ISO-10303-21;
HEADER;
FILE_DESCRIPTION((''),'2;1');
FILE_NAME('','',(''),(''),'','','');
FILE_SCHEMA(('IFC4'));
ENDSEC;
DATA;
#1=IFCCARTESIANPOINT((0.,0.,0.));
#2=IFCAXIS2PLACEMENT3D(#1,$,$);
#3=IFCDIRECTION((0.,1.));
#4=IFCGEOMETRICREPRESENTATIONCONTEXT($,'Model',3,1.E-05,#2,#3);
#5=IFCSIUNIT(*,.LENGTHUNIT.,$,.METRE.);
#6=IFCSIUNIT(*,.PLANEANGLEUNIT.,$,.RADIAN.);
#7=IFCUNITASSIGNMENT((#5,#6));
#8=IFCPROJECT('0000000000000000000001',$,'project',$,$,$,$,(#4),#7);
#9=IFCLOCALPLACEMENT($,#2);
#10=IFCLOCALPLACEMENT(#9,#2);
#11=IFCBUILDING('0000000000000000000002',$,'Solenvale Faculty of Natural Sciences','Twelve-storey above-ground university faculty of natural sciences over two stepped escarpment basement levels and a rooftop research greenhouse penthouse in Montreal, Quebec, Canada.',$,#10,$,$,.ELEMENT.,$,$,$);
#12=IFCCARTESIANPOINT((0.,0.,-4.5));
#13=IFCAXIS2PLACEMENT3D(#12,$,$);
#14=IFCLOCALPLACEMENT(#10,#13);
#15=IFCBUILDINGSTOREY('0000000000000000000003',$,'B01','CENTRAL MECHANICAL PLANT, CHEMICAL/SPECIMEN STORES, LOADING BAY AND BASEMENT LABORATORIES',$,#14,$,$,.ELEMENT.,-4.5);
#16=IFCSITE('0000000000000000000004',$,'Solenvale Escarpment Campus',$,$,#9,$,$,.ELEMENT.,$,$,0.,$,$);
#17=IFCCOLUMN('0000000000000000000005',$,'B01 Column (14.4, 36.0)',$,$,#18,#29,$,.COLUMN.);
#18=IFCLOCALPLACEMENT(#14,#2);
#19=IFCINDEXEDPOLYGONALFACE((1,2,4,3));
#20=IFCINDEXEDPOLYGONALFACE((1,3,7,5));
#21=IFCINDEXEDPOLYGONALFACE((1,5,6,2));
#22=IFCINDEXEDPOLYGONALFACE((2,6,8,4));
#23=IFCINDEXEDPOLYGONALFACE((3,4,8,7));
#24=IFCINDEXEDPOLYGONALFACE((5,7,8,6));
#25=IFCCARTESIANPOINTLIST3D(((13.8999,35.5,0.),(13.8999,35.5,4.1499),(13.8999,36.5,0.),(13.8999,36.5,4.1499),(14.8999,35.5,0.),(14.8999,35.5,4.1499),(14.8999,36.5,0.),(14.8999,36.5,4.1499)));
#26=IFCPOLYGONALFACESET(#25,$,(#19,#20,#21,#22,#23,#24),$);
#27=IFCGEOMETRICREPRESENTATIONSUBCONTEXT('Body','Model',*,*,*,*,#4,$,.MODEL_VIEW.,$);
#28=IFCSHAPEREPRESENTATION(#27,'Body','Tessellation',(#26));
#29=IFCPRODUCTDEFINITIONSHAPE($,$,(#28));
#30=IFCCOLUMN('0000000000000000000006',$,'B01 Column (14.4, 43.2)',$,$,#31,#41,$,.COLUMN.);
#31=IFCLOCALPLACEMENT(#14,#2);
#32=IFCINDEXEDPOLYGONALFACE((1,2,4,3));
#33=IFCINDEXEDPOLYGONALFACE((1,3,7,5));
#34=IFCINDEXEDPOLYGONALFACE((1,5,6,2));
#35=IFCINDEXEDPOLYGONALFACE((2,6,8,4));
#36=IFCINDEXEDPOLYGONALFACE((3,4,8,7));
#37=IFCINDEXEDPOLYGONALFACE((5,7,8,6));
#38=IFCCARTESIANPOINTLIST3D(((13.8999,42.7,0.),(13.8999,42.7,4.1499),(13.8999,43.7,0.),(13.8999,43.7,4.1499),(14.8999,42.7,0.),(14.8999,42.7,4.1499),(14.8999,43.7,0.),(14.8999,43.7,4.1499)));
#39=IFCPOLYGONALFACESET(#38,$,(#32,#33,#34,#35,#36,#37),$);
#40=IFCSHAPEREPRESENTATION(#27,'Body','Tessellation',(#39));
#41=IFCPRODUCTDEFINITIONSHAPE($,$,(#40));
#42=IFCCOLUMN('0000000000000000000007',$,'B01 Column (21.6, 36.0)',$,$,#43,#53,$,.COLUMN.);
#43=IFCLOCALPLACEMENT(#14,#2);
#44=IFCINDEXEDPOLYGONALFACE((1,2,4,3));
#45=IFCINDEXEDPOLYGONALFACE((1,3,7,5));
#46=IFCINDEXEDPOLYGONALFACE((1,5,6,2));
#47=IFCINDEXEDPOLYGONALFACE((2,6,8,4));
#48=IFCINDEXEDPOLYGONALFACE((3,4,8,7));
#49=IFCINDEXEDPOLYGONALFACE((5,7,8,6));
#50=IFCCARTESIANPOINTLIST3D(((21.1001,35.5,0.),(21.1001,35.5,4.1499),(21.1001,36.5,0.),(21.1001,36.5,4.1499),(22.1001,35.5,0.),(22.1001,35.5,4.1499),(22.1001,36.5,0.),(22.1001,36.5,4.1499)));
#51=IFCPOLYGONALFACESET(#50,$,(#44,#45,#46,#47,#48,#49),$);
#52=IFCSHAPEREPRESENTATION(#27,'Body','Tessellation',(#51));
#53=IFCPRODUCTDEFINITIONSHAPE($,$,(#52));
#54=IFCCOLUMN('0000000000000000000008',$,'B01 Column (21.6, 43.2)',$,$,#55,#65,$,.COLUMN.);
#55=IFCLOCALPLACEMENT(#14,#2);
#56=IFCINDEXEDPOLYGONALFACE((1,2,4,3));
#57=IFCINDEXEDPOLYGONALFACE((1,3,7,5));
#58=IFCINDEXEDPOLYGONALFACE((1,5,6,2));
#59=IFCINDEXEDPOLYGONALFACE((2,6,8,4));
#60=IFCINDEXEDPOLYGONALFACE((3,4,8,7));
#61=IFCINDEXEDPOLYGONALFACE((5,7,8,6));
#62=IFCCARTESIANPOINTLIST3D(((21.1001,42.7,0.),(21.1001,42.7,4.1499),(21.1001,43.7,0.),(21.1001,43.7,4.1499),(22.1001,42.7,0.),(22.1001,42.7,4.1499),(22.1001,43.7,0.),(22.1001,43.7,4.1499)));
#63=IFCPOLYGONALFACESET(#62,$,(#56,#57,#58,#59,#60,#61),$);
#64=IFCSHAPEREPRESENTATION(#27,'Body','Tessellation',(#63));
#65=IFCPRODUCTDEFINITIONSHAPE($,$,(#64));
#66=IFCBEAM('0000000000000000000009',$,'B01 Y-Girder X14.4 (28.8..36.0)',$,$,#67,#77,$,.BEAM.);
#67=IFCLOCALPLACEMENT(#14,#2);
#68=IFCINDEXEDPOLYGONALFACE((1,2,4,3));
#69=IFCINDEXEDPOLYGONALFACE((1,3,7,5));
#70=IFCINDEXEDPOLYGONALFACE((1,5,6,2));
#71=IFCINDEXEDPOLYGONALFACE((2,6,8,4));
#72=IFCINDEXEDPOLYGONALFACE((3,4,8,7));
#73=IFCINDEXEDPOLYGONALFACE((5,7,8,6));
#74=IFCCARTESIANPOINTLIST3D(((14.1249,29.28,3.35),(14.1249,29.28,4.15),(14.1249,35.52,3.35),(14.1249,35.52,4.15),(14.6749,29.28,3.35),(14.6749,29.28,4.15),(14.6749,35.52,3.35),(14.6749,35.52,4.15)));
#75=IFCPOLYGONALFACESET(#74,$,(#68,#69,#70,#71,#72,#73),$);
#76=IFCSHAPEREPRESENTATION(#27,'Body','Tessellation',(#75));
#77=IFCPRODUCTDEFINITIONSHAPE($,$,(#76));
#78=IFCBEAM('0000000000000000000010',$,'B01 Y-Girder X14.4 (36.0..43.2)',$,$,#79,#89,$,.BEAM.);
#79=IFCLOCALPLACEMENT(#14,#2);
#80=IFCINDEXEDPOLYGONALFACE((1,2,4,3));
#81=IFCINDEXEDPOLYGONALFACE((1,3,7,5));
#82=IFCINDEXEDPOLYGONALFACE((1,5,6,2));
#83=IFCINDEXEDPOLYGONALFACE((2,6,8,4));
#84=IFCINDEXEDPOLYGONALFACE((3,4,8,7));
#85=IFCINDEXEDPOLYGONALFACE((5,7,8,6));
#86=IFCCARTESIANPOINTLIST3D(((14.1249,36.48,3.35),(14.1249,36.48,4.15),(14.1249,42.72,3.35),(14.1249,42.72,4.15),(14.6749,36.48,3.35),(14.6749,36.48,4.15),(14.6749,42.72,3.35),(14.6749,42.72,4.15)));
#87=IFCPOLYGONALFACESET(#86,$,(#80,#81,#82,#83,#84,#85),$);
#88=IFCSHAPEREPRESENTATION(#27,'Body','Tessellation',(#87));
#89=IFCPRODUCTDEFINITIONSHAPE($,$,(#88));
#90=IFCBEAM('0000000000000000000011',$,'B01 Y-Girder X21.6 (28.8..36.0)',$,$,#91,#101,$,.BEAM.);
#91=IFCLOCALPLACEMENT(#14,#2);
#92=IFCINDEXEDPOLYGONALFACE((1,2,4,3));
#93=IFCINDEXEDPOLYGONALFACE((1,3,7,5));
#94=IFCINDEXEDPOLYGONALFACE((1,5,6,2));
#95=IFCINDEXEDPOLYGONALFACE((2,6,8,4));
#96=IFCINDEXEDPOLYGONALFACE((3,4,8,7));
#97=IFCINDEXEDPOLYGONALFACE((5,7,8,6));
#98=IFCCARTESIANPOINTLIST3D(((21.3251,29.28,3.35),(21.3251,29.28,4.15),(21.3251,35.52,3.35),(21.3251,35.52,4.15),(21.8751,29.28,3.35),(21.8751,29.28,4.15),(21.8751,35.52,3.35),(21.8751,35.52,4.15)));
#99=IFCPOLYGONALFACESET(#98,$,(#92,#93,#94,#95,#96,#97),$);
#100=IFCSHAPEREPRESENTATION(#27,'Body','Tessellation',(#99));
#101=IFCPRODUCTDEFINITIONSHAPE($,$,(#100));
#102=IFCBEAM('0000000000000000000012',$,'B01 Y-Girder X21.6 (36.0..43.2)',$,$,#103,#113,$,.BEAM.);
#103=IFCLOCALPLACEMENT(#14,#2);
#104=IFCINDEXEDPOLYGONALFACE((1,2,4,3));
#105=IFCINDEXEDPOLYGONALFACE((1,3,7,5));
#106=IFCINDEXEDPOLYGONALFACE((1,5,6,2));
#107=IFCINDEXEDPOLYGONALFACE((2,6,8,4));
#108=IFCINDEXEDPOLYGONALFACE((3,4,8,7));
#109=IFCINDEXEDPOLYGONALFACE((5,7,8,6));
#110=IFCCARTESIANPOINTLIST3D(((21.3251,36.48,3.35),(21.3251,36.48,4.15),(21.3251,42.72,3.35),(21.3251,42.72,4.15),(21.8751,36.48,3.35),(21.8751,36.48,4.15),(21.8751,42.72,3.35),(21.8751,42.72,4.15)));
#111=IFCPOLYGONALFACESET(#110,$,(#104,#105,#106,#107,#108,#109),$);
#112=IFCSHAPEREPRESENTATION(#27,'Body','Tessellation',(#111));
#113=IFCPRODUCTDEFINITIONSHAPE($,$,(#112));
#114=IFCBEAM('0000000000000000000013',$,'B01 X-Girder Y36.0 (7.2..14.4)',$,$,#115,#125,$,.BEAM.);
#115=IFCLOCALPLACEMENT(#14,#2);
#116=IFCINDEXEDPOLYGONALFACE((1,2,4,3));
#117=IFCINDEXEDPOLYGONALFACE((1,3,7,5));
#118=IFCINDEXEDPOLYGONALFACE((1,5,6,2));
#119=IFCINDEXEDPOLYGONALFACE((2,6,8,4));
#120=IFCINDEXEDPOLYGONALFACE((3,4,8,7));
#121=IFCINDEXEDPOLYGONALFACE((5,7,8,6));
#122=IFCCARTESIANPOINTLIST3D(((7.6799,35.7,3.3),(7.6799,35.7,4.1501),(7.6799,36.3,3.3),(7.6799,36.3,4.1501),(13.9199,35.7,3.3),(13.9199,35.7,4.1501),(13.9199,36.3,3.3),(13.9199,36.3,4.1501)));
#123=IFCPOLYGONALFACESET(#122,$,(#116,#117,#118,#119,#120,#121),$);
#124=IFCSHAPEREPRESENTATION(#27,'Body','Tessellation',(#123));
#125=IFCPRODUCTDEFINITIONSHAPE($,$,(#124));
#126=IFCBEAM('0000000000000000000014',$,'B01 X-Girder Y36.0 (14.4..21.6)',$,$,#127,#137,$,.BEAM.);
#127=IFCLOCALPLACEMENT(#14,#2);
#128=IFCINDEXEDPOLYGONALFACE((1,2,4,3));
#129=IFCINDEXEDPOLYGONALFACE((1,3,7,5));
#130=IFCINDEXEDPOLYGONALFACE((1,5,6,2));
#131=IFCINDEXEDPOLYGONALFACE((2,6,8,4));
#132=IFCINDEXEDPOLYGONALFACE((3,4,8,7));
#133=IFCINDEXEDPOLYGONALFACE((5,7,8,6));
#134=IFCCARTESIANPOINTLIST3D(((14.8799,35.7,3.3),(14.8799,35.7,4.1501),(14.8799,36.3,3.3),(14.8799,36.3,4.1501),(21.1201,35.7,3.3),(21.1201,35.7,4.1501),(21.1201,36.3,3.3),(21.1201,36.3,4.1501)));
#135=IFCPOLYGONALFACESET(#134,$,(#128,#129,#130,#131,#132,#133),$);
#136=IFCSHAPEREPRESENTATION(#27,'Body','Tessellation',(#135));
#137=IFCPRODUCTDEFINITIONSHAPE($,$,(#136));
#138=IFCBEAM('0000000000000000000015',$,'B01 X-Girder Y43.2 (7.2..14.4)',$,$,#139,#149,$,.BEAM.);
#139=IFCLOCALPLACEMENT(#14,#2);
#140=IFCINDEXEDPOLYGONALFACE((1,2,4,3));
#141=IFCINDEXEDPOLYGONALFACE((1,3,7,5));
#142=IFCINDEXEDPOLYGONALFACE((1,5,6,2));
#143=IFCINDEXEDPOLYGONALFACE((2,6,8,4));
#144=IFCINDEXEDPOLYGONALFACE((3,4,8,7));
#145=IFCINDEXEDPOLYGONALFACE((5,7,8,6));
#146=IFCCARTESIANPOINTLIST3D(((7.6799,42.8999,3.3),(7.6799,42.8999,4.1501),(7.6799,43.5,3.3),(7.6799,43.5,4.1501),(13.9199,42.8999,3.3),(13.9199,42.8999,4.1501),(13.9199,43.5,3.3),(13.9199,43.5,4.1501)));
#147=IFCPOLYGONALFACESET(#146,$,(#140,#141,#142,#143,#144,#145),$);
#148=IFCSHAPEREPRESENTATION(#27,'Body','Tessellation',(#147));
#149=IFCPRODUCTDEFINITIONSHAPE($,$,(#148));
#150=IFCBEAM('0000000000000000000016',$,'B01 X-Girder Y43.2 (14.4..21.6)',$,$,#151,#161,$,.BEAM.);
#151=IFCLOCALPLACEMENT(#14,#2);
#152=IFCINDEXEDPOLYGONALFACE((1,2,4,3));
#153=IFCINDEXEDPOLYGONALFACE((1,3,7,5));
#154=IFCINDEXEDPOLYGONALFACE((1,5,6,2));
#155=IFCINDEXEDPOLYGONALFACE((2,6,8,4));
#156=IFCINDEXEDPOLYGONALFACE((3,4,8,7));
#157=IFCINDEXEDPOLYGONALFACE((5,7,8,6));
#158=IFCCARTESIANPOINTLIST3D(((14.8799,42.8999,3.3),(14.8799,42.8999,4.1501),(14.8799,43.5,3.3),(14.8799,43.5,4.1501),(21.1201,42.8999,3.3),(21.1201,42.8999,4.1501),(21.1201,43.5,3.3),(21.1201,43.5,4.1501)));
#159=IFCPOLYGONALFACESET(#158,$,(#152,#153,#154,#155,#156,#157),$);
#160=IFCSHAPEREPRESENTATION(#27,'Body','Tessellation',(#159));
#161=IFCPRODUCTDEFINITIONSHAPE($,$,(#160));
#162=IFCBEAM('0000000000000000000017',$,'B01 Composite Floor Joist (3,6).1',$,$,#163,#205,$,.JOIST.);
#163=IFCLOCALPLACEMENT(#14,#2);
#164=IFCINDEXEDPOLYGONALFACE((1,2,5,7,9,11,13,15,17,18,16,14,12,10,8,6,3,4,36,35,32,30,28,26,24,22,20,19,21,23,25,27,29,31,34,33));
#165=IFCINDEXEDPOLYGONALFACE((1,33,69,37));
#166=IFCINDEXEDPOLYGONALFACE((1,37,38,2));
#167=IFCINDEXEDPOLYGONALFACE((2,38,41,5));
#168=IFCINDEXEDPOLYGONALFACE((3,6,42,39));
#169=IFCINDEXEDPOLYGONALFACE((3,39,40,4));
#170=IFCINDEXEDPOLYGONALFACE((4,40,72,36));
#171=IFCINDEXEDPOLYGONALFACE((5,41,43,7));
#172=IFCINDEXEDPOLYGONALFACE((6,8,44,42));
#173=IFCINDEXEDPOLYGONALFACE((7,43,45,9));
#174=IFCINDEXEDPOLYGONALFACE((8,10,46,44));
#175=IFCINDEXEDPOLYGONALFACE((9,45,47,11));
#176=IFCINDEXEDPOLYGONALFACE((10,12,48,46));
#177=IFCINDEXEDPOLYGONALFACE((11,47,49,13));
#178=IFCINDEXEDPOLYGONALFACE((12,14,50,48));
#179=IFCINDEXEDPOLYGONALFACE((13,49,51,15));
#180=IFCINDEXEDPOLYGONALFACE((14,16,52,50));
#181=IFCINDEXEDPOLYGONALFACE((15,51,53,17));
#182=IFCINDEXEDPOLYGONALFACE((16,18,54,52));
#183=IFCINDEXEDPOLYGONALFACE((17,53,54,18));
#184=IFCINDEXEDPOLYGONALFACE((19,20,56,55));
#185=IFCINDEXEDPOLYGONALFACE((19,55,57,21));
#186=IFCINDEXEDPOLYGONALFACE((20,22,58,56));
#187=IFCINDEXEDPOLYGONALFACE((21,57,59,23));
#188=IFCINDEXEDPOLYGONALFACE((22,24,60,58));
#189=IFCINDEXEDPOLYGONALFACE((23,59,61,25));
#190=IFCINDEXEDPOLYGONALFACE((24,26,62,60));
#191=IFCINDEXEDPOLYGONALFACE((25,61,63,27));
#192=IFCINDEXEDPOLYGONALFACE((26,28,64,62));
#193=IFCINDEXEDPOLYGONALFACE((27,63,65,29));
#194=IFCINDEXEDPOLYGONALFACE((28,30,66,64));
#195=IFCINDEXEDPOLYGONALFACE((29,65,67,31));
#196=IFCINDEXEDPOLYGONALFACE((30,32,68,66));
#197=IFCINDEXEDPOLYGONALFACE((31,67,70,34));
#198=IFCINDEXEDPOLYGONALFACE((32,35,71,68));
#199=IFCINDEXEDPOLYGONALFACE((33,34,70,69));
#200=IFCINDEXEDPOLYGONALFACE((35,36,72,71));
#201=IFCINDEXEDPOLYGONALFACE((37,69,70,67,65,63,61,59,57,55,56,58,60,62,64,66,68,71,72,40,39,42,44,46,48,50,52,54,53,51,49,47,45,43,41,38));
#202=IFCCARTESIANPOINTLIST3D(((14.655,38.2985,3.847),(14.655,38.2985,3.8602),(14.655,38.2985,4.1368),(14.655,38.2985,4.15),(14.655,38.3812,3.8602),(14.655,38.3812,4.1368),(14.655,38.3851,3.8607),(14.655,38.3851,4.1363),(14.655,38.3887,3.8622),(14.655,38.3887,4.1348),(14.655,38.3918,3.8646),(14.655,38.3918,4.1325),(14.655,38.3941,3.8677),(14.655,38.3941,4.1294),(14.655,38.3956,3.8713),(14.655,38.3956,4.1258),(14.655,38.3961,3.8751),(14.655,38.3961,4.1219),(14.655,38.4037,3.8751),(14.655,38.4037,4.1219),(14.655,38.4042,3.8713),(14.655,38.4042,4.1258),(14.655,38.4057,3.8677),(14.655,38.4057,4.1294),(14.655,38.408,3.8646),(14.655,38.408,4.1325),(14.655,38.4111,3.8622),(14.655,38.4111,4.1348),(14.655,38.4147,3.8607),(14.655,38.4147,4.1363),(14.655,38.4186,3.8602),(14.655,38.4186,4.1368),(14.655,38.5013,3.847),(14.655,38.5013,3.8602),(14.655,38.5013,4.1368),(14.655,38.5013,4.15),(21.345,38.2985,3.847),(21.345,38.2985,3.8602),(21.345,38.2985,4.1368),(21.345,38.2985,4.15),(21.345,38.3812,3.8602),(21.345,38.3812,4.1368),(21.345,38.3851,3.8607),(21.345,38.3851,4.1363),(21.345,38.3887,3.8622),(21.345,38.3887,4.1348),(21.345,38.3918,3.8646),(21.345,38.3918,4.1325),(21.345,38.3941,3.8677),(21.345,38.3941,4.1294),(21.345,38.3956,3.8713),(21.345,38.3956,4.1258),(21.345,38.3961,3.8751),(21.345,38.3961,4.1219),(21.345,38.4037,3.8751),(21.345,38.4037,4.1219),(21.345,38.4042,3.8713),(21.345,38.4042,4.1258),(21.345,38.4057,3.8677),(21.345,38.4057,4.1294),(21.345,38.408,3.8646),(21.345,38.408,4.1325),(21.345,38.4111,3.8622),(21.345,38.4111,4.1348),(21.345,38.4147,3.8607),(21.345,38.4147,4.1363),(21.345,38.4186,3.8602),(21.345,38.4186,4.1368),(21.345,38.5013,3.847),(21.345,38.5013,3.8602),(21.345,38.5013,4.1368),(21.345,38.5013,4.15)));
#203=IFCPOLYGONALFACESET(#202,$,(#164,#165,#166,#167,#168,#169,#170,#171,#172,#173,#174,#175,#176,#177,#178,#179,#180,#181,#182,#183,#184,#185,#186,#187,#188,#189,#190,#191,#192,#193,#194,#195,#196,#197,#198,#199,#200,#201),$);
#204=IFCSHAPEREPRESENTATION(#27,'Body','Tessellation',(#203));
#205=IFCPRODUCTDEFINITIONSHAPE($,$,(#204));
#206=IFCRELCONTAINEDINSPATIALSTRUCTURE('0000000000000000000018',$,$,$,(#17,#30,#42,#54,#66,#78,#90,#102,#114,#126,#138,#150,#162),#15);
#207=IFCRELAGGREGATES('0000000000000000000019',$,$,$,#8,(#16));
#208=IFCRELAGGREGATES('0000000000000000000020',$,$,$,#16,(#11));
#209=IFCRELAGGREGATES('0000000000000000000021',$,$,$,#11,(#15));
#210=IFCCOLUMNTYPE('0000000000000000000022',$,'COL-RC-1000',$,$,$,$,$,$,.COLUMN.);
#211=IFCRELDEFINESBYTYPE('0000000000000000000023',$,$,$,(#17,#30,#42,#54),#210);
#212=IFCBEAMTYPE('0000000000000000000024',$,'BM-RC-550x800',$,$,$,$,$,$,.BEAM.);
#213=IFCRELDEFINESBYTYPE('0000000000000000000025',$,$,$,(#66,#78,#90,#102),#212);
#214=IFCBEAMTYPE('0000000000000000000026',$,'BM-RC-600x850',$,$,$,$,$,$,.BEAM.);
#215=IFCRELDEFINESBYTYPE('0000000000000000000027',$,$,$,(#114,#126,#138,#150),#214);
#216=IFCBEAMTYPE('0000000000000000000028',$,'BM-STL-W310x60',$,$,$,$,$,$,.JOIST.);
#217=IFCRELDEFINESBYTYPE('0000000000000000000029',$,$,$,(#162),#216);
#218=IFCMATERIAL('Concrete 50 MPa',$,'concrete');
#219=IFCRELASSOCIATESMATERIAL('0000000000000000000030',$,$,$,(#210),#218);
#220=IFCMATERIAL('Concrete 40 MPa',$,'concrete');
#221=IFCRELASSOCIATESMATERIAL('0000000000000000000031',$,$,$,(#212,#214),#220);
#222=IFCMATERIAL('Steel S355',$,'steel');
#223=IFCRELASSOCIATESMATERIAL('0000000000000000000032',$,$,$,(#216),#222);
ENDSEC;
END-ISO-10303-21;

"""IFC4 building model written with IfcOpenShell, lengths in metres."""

from ifc_helpers import new_model, si_unit, direction, frame, origin, origin_2d, place, context, subcontext, project, spatial, rectangle, i_section, extrude, material, material_profile, profile_set, type_object, element, save


model = new_model("IFC4")

# Units and contexts
model_context = context("Model", 3, precision=1e-05, world=origin(), true_north=direction((0.0, 1.0)))
body_context = subcontext(model_context, "Body", "Model", "MODEL_VIEW")
ifc_project = project(units=[si_unit("LENGTHUNIT", "METRE"), si_unit("PLANEANGLEUNIT", "RADIAN")], contexts=[model_context])

# Site, building, storey
site_placement = place(None, origin())
site = spatial("IfcSite", under=ifc_project, at=site_placement, Name="Solenvale Escarpment Campus", CompositionType="ELEMENT", RefElevation=0.0)
building_placement = place(site_placement, origin())
building = spatial("IfcBuilding", under=site, at=building_placement, Name="Solenvale Faculty of Natural Sciences", Description="Twelve-storey above-ground university faculty of natural sciences over two stepped escarpment basement levels and a rooftop research greenhouse penthouse in Montreal, Quebec, Canada.", CompositionType="ELEMENT")
storey_placement = place(building_placement, frame((0.0, 0.0, -4.5)))
storey = spatial("IfcBuildingStorey", under=building, at=storey_placement, Name="B01", Description="CENTRAL MECHANICAL PLANT, CHEMICAL/SPECIMEN STORES, LOADING BAY AND BASEMENT LABORATORIES", CompositionType="ELEMENT", Elevation=-4.5)

# Shared definitions
ifc_material_1 = material(Name="Concrete 40 MPa", Category="concrete")

# Columns
ifc_material_2 = material(Name="Concrete 50 MPa", Category="concrete")
ifc_material_profile_1 = material_profile(ifc_material_2, rectangle(XDim=1.0, YDim=1.0, at=origin_2d()), Name="RC-COL-1000x1000")
ifc_profile_set_1 = profile_set([ifc_material_profile_1], Name="Concrete 50 MPa")
column_type = type_object("IfcColumnType", Name="COL-RC-1000", PredefinedType="COLUMN", material=ifc_profile_set_1)
for number, where, z_axis, x_axis, name in (
    (1, (14.3999, 36.0, 0.0), (0.0, 0.0, 1.0), (1.0, 0.0, 0.0), "B01 Column (14.4, 36.0)"),
    (2, (14.3999, 43.2, 0.0), (0.0, 0.0, 1.0), (1.0, 0.0, 0.0), "B01 Column (14.4, 43.2)"),
    (3, (21.6001, 36.0, 0.0), (0.0, 0.0, 1.0), (1.0, 0.0, 0.0), "B01 Column (21.6, 36.0)"),
    (4, (21.6001, 43.2, 0.0), (0.0, 0.0, 1.0), (1.0, 0.0, 0.0), "B01 Column (21.6, 43.2)"),
):
    element("IfcColumn", number, at=place(storey_placement, frame(where, z_axis=z_axis, x_axis=x_axis)), inside=storey, type_object=column_type, Name=name, PredefinedType="COLUMN", context=body_context, shape_type="SweptSolid", body=[
        extrude(rectangle(XDim=1.0, YDim=1.0, at=origin_2d()), origin(), (0.0, 0.0, 1.0), 4.1499),
    ])

# Beams
ifc_material_profile_2 = material_profile(ifc_material_1, rectangle(XDim=0.55, YDim=0.8, at=origin_2d()), Name="RC-BM-550x800")
ifc_profile_set_2 = profile_set([ifc_material_profile_2], Name="Concrete 40 MPa")
beam_type_1 = type_object("IfcBeamType", Name="BM-RC-550x800", PredefinedType="BEAM", material=ifc_profile_set_2)
for number, where, z_axis, x_axis, name in (
    (5, (14.3999, 29.28, 3.75), (0.0, 1.0, 0.0), (-1.0, 0.0, 0.0), "B01 Y-Girder X14.4 (28.8..36.0)"),
    (6, (14.3999, 36.48, 3.75), (0.0, 1.0, 0.0), (-1.0, 0.0, 0.0), "B01 Y-Girder X14.4 (36.0..43.2)"),
    (7, (21.6001, 29.28, 3.75), (0.0, 1.0, 0.0), (-1.0, 0.0, 0.0), "B01 Y-Girder X21.6 (28.8..36.0)"),
    (8, (21.6001, 36.48, 3.75), (0.0, 1.0, 0.0), (-1.0, 0.0, 0.0), "B01 Y-Girder X21.6 (36.0..43.2)"),
):
    element("IfcBeam", number, at=place(storey_placement, frame(where, z_axis=z_axis, x_axis=x_axis)), inside=storey, type_object=beam_type_1, Name=name, PredefinedType="BEAM", context=body_context, shape_type="SweptSolid", body=[
        extrude(rectangle(XDim=0.55, YDim=0.8, at=origin_2d()), origin(), (0.0, 0.0, 1.0), 6.24),
    ])
ifc_material_profile_3 = material_profile(ifc_material_1, rectangle(XDim=0.6001, YDim=0.8501, at=origin_2d()), Name="RC-BM-600x850")
ifc_profile_set_3 = profile_set([ifc_material_profile_3], Name="Concrete 40 MPa")
beam_type_2 = type_object("IfcBeamType", Name="BM-RC-600x850", PredefinedType="BEAM", material=ifc_profile_set_3)
beam_1_placement = place(storey_placement, frame((7.6799, 36.0, 3.7251), z_axis=(1.0, 0.0, 0.0), x_axis=(0.0, 1.0, 0.0)))
element("IfcBeam", 9, at=beam_1_placement, inside=storey, type_object=beam_type_2, Name="B01 X-Girder Y36.0 (7.2..14.4)", PredefinedType="BEAM", context=body_context, shape_type="SweptSolid", body=[
    extrude(rectangle(XDim=0.6001, YDim=0.8501, at=origin_2d()), origin(), (0.0, 0.0, 1.0), 6.24),
])
beam_2_placement = place(storey_placement, frame((14.8799, 36.0, 3.7251), z_axis=(1.0, 0.0, 0.0), x_axis=(0.0, 1.0, 0.0)))
element("IfcBeam", 10, at=beam_2_placement, inside=storey, type_object=beam_type_2, Name="B01 X-Girder Y36.0 (14.4..21.6)", PredefinedType="BEAM", context=body_context, shape_type="SweptSolid", body=[
    extrude(rectangle(XDim=0.6001, YDim=0.8501, at=origin_2d()), origin(), (0.0, 0.0, 1.0), 6.2402),
])
beam_3_placement = place(storey_placement, frame((7.6799, 43.2, 3.7251), z_axis=(1.0, 0.0, 0.0), x_axis=(0.0, 1.0, 0.0)))
element("IfcBeam", 11, at=beam_3_placement, inside=storey, type_object=beam_type_2, Name="B01 X-Girder Y43.2 (7.2..14.4)", PredefinedType="BEAM", context=body_context, shape_type="SweptSolid", body=[
    extrude(rectangle(XDim=0.6001, YDim=0.8501, at=origin_2d()), origin(), (0.0, 0.0, 1.0), 6.24),
])
beam_4_placement = place(storey_placement, frame((14.8799, 43.2, 3.7251), z_axis=(1.0, 0.0, 0.0), x_axis=(0.0, 1.0, 0.0)))
element("IfcBeam", 12, at=beam_4_placement, inside=storey, type_object=beam_type_2, Name="B01 X-Girder Y43.2 (14.4..21.6)", PredefinedType="BEAM", context=body_context, shape_type="SweptSolid", body=[
    extrude(rectangle(XDim=0.6001, YDim=0.8501, at=origin_2d()), origin(), (0.0, 0.0, 1.0), 6.2402),
])
ifc_material_3 = material(Name="Steel S355", Category="steel")
ifc_material_profile_4 = material_profile(ifc_material_3, i_section(OverallWidth=0.2029, OverallDepth=0.303, WebThickness=0.0076, FlangeThickness=0.0132, FilletRadius=0.0149, at=origin_2d()), Name="W310x60")
ifc_profile_set_4 = profile_set([ifc_material_profile_4], Name="Steel S355")
beam_type_3 = type_object("IfcBeamType", Name="BM-STL-W310x60", PredefinedType="JOIST", material=ifc_profile_set_4)
for number, where, z_axis, x_axis, name in (
    (13, (14.655, 38.3999, 3.9985), (1.0, 0.0, 0.0), (0.0, 1.0, 0.0), "B01 Composite Floor Joist (3,6).1"),
):
    element("IfcBeam", number, at=place(storey_placement, frame(where, z_axis=z_axis, x_axis=x_axis)), inside=storey, type_object=beam_type_3, Name=name, PredefinedType="JOIST", context=body_context, shape_type="SweptSolid", body=[
        extrude(i_section(OverallWidth=0.2029, OverallDepth=0.303, WebThickness=0.0076, FlangeThickness=0.0132, FilletRadius=0.0149, at=origin_2d()), origin(), (0.0, 0.0, 1.0), 6.6899),
    ])

save(model, "model.ifc")
